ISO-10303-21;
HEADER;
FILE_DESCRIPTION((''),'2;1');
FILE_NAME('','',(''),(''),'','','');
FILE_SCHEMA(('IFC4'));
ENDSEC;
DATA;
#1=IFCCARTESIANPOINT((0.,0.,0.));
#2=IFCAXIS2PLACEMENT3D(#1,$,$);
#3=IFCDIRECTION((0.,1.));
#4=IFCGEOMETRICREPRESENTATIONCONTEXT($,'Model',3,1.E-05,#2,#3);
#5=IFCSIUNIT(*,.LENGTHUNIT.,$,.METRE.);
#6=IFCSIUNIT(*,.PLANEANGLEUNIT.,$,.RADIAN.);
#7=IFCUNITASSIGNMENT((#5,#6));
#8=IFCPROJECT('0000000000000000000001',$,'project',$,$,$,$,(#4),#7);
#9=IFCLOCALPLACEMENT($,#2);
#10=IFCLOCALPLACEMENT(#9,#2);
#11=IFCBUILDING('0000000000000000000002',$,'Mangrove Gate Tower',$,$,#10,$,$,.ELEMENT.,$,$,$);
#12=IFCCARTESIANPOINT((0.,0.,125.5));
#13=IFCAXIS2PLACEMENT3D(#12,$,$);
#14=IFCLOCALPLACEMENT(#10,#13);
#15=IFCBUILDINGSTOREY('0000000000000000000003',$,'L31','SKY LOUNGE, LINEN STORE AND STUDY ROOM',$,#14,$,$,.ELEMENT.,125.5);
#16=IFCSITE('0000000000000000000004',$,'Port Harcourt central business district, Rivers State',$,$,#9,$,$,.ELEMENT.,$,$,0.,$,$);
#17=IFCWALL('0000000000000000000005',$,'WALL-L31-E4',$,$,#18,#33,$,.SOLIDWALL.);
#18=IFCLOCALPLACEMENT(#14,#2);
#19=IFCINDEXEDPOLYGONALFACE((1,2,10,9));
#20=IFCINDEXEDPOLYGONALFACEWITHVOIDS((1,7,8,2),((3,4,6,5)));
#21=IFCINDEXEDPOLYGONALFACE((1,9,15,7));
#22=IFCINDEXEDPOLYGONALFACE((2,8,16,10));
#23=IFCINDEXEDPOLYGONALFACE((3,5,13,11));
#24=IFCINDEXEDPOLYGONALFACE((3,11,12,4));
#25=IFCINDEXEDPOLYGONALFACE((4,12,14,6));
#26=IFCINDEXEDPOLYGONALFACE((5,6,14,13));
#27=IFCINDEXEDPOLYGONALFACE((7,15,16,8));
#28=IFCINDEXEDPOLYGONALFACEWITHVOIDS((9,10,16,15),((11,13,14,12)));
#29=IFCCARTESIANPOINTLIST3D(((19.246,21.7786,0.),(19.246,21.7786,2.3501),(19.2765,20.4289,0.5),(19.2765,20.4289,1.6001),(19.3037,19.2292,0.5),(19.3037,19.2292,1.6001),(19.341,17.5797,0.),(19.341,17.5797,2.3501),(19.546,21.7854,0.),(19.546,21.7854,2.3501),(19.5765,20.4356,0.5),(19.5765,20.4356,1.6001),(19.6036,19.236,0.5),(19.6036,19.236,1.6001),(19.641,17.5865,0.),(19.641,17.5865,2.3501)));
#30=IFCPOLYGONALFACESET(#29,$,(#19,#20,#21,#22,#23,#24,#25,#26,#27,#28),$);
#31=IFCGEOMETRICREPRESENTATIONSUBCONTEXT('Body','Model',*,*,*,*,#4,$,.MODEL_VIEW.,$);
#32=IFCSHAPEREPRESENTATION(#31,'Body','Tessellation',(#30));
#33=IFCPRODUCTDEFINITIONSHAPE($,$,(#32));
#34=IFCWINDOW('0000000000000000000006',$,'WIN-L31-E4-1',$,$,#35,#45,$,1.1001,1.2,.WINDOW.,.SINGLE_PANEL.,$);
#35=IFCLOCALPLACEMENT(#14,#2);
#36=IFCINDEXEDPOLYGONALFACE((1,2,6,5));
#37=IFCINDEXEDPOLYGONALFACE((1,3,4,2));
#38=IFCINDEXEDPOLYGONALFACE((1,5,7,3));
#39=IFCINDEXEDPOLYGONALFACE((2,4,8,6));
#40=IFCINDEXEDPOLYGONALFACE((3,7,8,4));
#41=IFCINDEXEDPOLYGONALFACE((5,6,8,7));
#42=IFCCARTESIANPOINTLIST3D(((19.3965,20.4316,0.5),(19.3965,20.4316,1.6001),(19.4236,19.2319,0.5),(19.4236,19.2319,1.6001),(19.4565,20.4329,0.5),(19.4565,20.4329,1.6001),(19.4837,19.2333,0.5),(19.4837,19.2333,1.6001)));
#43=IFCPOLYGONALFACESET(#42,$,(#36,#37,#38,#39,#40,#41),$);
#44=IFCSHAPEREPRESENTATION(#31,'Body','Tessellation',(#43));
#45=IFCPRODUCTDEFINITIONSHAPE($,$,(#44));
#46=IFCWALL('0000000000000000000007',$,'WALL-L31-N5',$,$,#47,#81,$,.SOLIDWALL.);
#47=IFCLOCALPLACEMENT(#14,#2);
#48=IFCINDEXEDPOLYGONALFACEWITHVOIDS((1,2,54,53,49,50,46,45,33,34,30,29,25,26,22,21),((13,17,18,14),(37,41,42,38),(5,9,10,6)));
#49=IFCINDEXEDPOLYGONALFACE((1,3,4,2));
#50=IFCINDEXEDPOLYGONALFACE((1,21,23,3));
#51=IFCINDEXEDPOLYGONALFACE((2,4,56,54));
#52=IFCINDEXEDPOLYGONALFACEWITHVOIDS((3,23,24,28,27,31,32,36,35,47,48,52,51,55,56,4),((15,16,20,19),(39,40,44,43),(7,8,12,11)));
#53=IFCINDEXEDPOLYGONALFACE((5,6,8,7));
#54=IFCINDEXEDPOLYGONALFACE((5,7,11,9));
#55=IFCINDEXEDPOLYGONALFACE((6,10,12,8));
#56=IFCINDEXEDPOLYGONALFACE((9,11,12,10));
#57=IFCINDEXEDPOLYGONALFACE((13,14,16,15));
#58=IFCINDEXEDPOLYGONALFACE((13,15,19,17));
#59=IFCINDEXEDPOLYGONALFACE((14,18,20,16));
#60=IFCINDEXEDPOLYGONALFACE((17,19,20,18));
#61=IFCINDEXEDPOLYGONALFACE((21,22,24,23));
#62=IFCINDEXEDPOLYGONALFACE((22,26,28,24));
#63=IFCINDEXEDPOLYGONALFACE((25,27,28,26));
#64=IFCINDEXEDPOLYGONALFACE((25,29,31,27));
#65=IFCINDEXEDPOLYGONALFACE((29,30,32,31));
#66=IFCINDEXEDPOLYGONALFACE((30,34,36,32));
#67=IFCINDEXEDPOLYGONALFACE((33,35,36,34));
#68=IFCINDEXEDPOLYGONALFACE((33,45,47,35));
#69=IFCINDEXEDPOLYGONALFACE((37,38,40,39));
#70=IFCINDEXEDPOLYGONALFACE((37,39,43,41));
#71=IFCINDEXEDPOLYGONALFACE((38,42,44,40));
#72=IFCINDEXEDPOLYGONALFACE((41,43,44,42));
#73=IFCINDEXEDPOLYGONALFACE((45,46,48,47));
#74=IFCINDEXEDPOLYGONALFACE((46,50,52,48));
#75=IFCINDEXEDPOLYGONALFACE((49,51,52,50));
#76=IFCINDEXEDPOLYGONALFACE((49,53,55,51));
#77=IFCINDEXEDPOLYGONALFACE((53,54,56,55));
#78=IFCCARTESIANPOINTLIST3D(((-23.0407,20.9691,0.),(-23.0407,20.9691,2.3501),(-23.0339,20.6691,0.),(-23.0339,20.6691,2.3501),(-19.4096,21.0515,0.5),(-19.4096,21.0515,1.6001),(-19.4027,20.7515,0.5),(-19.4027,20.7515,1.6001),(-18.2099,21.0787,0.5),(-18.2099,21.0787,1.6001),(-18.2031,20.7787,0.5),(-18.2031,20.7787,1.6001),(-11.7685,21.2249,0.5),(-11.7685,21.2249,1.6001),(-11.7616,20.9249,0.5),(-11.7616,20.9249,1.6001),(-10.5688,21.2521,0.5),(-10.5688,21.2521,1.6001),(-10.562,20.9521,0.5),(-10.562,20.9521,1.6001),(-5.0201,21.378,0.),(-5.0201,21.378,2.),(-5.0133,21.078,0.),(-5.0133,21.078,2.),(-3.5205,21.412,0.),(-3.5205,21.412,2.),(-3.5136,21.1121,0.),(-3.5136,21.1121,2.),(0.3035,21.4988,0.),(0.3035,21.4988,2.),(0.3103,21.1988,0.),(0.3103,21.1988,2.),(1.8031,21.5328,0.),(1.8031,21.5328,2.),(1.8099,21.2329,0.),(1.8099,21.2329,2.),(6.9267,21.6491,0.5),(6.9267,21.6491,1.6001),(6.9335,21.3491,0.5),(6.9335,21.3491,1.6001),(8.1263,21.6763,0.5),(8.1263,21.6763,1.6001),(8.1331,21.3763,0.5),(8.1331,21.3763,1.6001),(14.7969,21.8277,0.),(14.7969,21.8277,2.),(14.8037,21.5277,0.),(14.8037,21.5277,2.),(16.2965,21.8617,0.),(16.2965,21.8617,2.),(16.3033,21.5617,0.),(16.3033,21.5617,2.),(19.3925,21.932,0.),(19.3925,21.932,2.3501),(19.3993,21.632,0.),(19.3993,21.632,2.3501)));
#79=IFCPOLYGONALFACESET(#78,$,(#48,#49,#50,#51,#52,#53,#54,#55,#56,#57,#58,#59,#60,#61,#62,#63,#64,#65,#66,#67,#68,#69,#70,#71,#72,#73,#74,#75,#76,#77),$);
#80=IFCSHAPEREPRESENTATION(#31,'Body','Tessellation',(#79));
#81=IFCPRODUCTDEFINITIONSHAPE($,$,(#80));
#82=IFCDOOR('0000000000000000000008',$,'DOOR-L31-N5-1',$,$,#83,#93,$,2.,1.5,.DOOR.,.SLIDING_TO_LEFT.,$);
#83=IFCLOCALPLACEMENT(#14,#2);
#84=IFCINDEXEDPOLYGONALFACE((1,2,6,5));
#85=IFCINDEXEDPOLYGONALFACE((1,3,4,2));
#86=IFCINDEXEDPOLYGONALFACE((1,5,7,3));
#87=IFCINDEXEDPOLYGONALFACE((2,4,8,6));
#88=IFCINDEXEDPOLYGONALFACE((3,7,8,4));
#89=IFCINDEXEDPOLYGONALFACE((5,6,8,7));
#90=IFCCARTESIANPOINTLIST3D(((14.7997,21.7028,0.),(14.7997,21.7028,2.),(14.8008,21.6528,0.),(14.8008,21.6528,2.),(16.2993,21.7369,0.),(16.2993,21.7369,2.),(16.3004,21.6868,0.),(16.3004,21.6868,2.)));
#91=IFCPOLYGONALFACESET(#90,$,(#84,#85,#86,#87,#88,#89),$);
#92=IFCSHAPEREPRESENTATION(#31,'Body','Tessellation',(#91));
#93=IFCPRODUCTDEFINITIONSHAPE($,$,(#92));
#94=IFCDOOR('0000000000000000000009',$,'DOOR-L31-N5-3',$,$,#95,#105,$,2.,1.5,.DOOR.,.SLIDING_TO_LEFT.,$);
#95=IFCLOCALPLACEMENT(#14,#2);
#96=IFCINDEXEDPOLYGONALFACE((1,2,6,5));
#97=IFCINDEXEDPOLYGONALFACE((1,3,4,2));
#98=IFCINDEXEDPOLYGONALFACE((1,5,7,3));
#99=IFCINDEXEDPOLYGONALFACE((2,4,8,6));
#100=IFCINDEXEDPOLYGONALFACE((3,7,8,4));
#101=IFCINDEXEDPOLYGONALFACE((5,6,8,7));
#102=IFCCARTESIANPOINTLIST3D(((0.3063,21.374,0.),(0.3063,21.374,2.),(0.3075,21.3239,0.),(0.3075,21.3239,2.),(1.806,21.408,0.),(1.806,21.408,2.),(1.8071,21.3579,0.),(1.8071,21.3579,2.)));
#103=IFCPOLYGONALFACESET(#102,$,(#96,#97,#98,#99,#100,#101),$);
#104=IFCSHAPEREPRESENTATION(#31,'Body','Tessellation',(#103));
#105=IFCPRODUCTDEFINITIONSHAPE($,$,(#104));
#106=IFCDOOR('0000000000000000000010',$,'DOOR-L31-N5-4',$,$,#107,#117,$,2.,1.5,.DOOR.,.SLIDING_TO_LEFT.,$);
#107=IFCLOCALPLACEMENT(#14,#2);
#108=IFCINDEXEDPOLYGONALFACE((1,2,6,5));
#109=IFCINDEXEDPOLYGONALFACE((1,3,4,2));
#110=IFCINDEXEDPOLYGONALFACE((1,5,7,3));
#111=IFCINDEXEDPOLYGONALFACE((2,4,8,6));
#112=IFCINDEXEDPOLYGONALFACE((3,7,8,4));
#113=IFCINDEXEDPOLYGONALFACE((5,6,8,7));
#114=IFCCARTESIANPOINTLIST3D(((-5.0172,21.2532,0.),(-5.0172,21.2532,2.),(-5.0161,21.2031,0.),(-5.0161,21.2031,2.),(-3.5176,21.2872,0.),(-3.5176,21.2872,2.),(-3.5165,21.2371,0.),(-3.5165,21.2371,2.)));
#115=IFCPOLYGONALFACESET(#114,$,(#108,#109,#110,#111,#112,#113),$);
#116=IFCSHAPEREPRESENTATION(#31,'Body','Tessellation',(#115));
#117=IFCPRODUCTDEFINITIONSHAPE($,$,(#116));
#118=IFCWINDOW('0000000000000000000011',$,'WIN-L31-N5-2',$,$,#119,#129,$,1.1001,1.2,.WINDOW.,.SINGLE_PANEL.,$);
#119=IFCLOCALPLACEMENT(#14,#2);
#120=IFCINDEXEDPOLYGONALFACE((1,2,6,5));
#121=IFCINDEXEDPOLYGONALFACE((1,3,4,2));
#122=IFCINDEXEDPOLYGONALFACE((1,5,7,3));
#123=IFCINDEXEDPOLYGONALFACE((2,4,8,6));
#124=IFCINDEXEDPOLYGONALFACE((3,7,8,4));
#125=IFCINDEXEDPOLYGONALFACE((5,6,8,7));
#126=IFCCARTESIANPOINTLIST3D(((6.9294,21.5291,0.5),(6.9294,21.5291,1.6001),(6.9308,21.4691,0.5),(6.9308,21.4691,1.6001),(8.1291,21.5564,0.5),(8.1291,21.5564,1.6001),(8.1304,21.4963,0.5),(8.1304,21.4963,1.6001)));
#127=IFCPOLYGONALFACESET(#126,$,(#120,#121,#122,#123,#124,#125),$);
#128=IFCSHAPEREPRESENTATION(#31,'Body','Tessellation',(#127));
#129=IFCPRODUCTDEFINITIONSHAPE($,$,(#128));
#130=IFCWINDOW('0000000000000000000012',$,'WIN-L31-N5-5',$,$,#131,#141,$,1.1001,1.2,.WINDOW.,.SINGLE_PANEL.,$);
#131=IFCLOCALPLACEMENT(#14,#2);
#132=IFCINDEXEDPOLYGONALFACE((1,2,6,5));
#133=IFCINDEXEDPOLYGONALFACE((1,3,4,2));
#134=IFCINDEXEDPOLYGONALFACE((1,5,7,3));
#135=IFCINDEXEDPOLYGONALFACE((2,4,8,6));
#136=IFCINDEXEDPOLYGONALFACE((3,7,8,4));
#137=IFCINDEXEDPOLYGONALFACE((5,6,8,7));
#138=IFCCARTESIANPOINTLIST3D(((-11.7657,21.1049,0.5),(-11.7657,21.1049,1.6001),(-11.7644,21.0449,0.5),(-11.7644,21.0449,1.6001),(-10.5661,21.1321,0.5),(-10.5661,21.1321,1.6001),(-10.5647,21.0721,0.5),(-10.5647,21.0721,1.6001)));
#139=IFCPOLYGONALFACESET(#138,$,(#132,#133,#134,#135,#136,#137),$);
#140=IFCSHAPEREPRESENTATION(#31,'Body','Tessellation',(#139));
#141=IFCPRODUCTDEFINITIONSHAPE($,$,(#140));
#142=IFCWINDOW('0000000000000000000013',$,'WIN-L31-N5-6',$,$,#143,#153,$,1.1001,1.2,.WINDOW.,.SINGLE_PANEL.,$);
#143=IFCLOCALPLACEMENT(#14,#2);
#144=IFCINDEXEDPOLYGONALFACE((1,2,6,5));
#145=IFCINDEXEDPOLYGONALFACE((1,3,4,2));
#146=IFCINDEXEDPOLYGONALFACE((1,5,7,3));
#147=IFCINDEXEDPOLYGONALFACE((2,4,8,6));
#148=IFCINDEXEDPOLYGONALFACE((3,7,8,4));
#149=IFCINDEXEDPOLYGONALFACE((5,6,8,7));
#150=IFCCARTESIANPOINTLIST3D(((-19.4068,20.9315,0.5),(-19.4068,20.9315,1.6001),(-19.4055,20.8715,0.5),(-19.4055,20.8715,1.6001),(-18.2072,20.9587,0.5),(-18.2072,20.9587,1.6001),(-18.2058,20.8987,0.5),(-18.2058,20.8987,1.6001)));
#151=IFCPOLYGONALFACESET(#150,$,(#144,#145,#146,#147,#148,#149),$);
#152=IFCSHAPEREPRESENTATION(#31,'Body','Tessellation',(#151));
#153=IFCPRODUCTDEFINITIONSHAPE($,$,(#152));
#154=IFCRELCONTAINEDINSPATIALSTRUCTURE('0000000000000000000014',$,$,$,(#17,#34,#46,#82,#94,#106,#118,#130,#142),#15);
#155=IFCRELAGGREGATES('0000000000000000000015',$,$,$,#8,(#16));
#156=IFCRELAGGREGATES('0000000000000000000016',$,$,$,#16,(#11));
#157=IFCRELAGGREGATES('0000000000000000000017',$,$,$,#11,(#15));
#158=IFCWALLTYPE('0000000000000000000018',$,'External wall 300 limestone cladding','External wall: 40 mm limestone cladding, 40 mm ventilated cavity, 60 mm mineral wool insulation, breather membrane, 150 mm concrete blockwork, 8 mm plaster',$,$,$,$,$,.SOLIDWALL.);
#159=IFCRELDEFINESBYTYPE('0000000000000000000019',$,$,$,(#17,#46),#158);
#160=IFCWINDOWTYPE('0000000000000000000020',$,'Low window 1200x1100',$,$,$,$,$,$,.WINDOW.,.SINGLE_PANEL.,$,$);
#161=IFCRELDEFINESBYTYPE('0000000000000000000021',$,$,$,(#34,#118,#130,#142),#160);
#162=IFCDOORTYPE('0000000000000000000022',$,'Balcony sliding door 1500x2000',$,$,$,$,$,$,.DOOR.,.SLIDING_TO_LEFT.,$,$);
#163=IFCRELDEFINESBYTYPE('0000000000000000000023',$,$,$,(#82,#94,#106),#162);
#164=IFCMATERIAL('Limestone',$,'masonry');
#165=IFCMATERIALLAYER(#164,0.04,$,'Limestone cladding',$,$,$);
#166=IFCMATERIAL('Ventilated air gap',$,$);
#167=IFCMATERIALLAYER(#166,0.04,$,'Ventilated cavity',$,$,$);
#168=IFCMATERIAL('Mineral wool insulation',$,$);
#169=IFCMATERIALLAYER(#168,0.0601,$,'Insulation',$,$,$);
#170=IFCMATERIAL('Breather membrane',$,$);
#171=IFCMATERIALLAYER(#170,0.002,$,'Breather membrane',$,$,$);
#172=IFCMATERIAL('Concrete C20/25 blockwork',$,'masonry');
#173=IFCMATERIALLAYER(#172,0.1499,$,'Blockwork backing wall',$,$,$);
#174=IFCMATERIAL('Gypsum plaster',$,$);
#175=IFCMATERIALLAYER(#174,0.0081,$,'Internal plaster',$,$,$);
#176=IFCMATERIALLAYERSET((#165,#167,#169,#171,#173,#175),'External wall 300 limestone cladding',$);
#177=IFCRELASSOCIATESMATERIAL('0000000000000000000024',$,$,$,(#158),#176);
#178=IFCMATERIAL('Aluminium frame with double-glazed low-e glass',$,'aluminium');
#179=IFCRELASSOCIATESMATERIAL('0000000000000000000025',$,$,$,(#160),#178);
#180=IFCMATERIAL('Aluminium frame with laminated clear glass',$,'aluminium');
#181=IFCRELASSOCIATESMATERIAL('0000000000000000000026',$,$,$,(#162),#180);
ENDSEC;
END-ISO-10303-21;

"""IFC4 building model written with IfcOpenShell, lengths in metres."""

from ifc_helpers import new_model, si_unit, direction, frame, frame_2d, origin, place, context, subcontext, project, spatial, rectangle, extrude, material, layer, layer_set, type_object, element, fill, save


model = new_model("IFC4")

# Units and contexts
model_context = context("Model", 3, precision=1e-05, world=origin(), true_north=direction((0.0, 1.0)))
body_context = subcontext(model_context, "Body", "Model", "MODEL_VIEW")
ifc_project = project(units=[si_unit("LENGTHUNIT", "METRE"), si_unit("PLANEANGLEUNIT", "RADIAN")], contexts=[model_context])

# Site, building, storey
site_placement = place(None, origin())
site = spatial("IfcSite", under=ifc_project, at=site_placement, Name="Port Harcourt central business district, Rivers State", CompositionType="ELEMENT", RefElevation=0.0)
building_placement = place(site_placement, origin())
building = spatial("IfcBuilding", under=site, at=building_placement, Name="Mangrove Gate Tower", CompositionType="ELEMENT")
storey_placement = place(building_placement, frame((0.0, 0.0, 125.5)))
storey = spatial("IfcBuildingStorey", under=building, at=storey_placement, Name="L31", Description="SKY LOUNGE, LINEN STORE AND STUDY ROOM", CompositionType="ELEMENT", Elevation=125.5)

# Wall, opening, window
ifc_material_1 = material(Name="Limestone", Category="masonry")
ifc_layer_1 = layer(ifc_material_1, 0.04, Name="Limestone cladding")
ifc_material_2 = material(Name="Ventilated air gap")
ifc_layer_2 = layer(ifc_material_2, 0.04, Name="Ventilated cavity")
ifc_material_3 = material(Name="Mineral wool insulation")
ifc_layer_3 = layer(ifc_material_3, 0.0601, Name="Insulation")
ifc_material_4 = material(Name="Breather membrane")
ifc_layer_4 = layer(ifc_material_4, 0.002, Name="Breather membrane")
ifc_material_5 = material(Name="Concrete C20/25 blockwork", Category="masonry")
ifc_layer_5 = layer(ifc_material_5, 0.1499, Name="Blockwork backing wall")
ifc_material_6 = material(Name="Gypsum plaster")
ifc_layer_6 = layer(ifc_material_6, 0.0081, Name="Internal plaster")
ifc_layer_set_1 = layer_set([ifc_layer_1, ifc_layer_2, ifc_layer_3, ifc_layer_4, ifc_layer_5, ifc_layer_6], Name="External wall 300 limestone cladding")
wall_type_1 = type_object("IfcWallType", Name="External wall 300 limestone cladding", Description="External wall: 40 mm limestone cladding, 40 mm ventilated cavity, 60 mm mineral wool insulation, breather membrane, 150 mm concrete blockwork, 8 mm plaster", PredefinedType="SOLIDWALL", material=ifc_layer_set_1)
wall_1_placement = place(storey_placement, frame((19.491, 17.583, 0.0), z_axis=(0.0, 0.0, 1.0), x_axis=(-0.022612, 0.999744, 0.0)))
wall_1 = element("IfcWall", 1, at=wall_1_placement, inside=storey, type_object=wall_type_1, Name="WALL-L31-E4", PredefinedType="SOLIDWALL", context=body_context, shape_type="SweptSolid", body=[
    extrude(rectangle(XDim=4.2, YDim=0.3, at=frame_2d((2.1001, 0.0))), origin(), (0.0, 0.0, 1.0), 2.3501),
])
opening_1_placement = place(wall_1_placement, frame((1.6499, 0.0, 0.5)))
opening_1 = element("IfcOpeningElement", 2, at=opening_1_placement, cuts=wall_1, PredefinedType="OPENING", context=body_context, shape_type="SweptSolid", body=[
    extrude(rectangle(XDim=1.2, YDim=1.1001, at=frame_2d((0.6001, 0.55))), frame((0.0, 0.1599, 0.0), z_axis=(0.0, -1.0, 0.0), x_axis=(1.0, 0.0, 0.0)), (0.0, 0.0, 1.0), 0.3201),
])
ifc_material_7 = material(Name="Aluminium frame with double-glazed low-e glass", Category="aluminium")
window_type = type_object("IfcWindowType", Name="Low window 1200x1100", PartitioningType="SINGLE_PANEL", PredefinedType="WINDOW", material=ifc_material_7)
window_1_placement = place(opening_1_placement, origin())
window_1 = element("IfcWindow", 3, at=window_1_placement, inside=storey, type_object=window_type, Name="WIN-L31-E4-1", OverallHeight=1.1001, OverallWidth=1.2, PartitioningType="SINGLE_PANEL", PredefinedType="WINDOW", context=body_context, shape_type="SweptSolid", body=[
    extrude(rectangle(XDim=1.2, YDim=1.1001, at=frame_2d((0.6001, 0.55))), frame((0.0, 0.03, 0.0), z_axis=(0.0, -1.0, 0.0), x_axis=(1.0, 0.0, 0.0)), (0.0, 0.0, 1.0), 0.0601),
])
fill(opening_1, window_1)

# Wall, openings, doors, windows
wall_2_placement = place(storey_placement, frame((19.396, 21.782, 0.0), z_axis=(0.0, 0.0, 1.0), x_axis=(-0.999743, -0.022686, 0.0)))
wall_2 = element("IfcWall", 4, at=wall_2_placement, inside=storey, type_object=wall_type_1, Name="WALL-L31-N5", PredefinedType="SOLIDWALL", context=body_context, shape_type="SweptSolid", body=[
    extrude(rectangle(XDim=42.4441, YDim=0.3, at=frame_2d((21.2222, 0.0))), origin(), (0.0, 0.0, 1.0), 2.3501),
])
opening_2_placement = place(wall_2_placement, frame((3.0969, 0.0, 0.0)))
opening_2 = element("IfcOpeningElement", 5, at=opening_2_placement, cuts=wall_2, PredefinedType="OPENING", context=body_context, shape_type="SweptSolid", body=[
    extrude(rectangle(XDim=1.5, YDim=2.0, at=frame_2d((0.75, 1.0))), frame((0.0, 0.1599, 0.0), z_axis=(0.0, -1.0, 0.0), x_axis=(1.0, 0.0, 0.0)), (0.0, 0.0, 1.0), 0.3201),
])
opening_3_placement = place(wall_2_placement, frame((11.269, 0.0, 0.5)))
opening_3 = element("IfcOpeningElement", 6, at=opening_3_placement, cuts=wall_2, PredefinedType="OPENING", context=body_context, shape_type="SweptSolid", body=[
    extrude(rectangle(XDim=1.2, YDim=1.1001, at=frame_2d((0.6001, 0.55))), frame((0.0, 0.1599, 0.0), z_axis=(0.0, -1.0, 0.0), x_axis=(1.0, 0.0, 0.0)), (0.0, 0.0, 1.0), 0.3201),
])
opening_4_placement = place(wall_2_placement, frame((17.594, 0.0, 0.0)))
opening_4 = element("IfcOpeningElement", 7, at=opening_4_placement, cuts=wall_2, PredefinedType="OPENING", context=body_context, shape_type="SweptSolid", body=[
    extrude(rectangle(XDim=1.5, YDim=2.0, at=frame_2d((0.75, 1.0))), frame((0.0, 0.1599, 0.0), z_axis=(0.0, -1.0, 0.0), x_axis=(1.0, 0.0, 0.0)), (0.0, 0.0, 1.0), 0.3201),
])
opening_5_placement = place(wall_2_placement, frame((22.9189, 0.0, 0.0)))
opening_5 = element("IfcOpeningElement", 8, at=opening_5_placement, cuts=wall_2, PredefinedType="OPENING", context=body_context, shape_type="SweptSolid", body=[
    extrude(rectangle(XDim=1.5, YDim=2.0, at=frame_2d((0.75, 1.0))), frame((0.0, 0.1599, 0.0), z_axis=(0.0, -1.0, 0.0), x_axis=(1.0, 0.0, 0.0)), (0.0, 0.0, 1.0), 0.3201),
])
opening_6_placement = place(wall_2_placement, frame((29.969, 0.0, 0.5)))
opening_6 = element("IfcOpeningElement", 9, at=opening_6_placement, cuts=wall_2, PredefinedType="OPENING", context=body_context, shape_type="SweptSolid", body=[
    extrude(rectangle(XDim=1.2, YDim=1.1001, at=frame_2d((0.6001, 0.55))), frame((0.0, 0.1599, 0.0), z_axis=(0.0, -1.0, 0.0), x_axis=(1.0, 0.0, 0.0)), (0.0, 0.0, 1.0), 0.3201),
])
opening_7_placement = place(wall_2_placement, frame((37.6121, 0.0, 0.5)))
opening_7 = element("IfcOpeningElement", 10, at=opening_7_placement, cuts=wall_2, PredefinedType="OPENING", context=body_context, shape_type="SweptSolid", body=[
    extrude(rectangle(XDim=1.2, YDim=1.1001, at=frame_2d((0.6001, 0.55))), frame((0.0, 0.1599, 0.0), z_axis=(0.0, -1.0, 0.0), x_axis=(1.0, 0.0, 0.0)), (0.0, 0.0, 1.0), 0.3201),
])
ifc_material_8 = material(Name="Aluminium frame with laminated clear glass", Category="aluminium")
door_type_1 = type_object("IfcDoorType", Name="Balcony sliding door 1500x2000", OperationType="SLIDING_TO_LEFT", PredefinedType="DOOR", material=ifc_material_8)
door_1_placement = place(opening_2_placement, origin())
door_1 = element("IfcDoor", 11, at=door_1_placement, inside=storey, type_object=door_type_1, Name="DOOR-L31-N5-1", OperationType="SLIDING_TO_LEFT", OverallHeight=2.0, OverallWidth=1.5, PredefinedType="DOOR", context=body_context, shape_type="SweptSolid", body=[
    extrude(rectangle(XDim=1.5, YDim=2.0, at=frame_2d((0.75, 1.0))), frame((0.0, 0.0249, 0.0), z_axis=(0.0, -1.0, 0.0), x_axis=(1.0, 0.0, 0.0)), (0.0, 0.0, 1.0), 0.05),
])
fill(opening_2, door_1)
door_2_placement = place(opening_4_placement, origin())
door_2 = element("IfcDoor", 12, at=door_2_placement, inside=storey, type_object=door_type_1, Name="DOOR-L31-N5-3", OperationType="SLIDING_TO_LEFT", OverallHeight=2.0, OverallWidth=1.5, PredefinedType="DOOR", context=body_context, shape_type="SweptSolid", body=[
    extrude(rectangle(XDim=1.5, YDim=2.0, at=frame_2d((0.75, 1.0))), frame((0.0, 0.0249, 0.0), z_axis=(0.0, -1.0, 0.0), x_axis=(1.0, 0.0, 0.0)), (0.0, 0.0, 1.0), 0.05),
])
fill(opening_4, door_2)
door_3_placement = place(opening_5_placement, origin())
door_3 = element("IfcDoor", 13, at=door_3_placement, inside=storey, type_object=door_type_1, Name="DOOR-L31-N5-4", OperationType="SLIDING_TO_LEFT", OverallHeight=2.0, OverallWidth=1.5, PredefinedType="DOOR", context=body_context, shape_type="SweptSolid", body=[
    extrude(rectangle(XDim=1.5, YDim=2.0, at=frame_2d((0.75, 1.0))), frame((0.0, 0.0249, 0.0), z_axis=(0.0, -1.0, 0.0), x_axis=(1.0, 0.0, 0.0)), (0.0, 0.0, 1.0), 0.05),
])
fill(opening_5, door_3)
window_2_placement = place(opening_3_placement, origin())
window_2 = element("IfcWindow", 14, at=window_2_placement, inside=storey, type_object=window_type, Name="WIN-L31-N5-2", OverallHeight=1.1001, OverallWidth=1.2, PartitioningType="SINGLE_PANEL", PredefinedType="WINDOW", context=body_context, shape_type="SweptSolid", body=[
    extrude(rectangle(XDim=1.2, YDim=1.1001, at=frame_2d((0.6001, 0.55))), frame((0.0, 0.03, 0.0), z_axis=(0.0, -1.0, 0.0), x_axis=(1.0, 0.0, 0.0)), (0.0, 0.0, 1.0), 0.0601),
])
fill(opening_3, window_2)
window_3_placement = place(opening_6_placement, origin())
window_3 = element("IfcWindow", 15, at=window_3_placement, inside=storey, type_object=window_type, Name="WIN-L31-N5-5", OverallHeight=1.1001, OverallWidth=1.2, PartitioningType="SINGLE_PANEL", PredefinedType="WINDOW", context=body_context, shape_type="SweptSolid", body=[
    extrude(rectangle(XDim=1.2, YDim=1.1001, at=frame_2d((0.6001, 0.55))), frame((0.0, 0.03, 0.0), z_axis=(0.0, -1.0, 0.0), x_axis=(1.0, 0.0, 0.0)), (0.0, 0.0, 1.0), 0.0601),
])
fill(opening_6, window_3)
window_4_placement = place(opening_7_placement, origin())
window_4 = element("IfcWindow", 16, at=window_4_placement, inside=storey, type_object=window_type, Name="WIN-L31-N5-6", OverallHeight=1.1001, OverallWidth=1.2, PartitioningType="SINGLE_PANEL", PredefinedType="WINDOW", context=body_context, shape_type="SweptSolid", body=[
    extrude(rectangle(XDim=1.2, YDim=1.1001, at=frame_2d((0.6001, 0.55))), frame((0.0, 0.03, 0.0), z_axis=(0.0, -1.0, 0.0), x_axis=(1.0, 0.0, 0.0)), (0.0, 0.0, 1.0), 0.0601),
])
fill(opening_7, window_4)

save(model, "model.ifc")
